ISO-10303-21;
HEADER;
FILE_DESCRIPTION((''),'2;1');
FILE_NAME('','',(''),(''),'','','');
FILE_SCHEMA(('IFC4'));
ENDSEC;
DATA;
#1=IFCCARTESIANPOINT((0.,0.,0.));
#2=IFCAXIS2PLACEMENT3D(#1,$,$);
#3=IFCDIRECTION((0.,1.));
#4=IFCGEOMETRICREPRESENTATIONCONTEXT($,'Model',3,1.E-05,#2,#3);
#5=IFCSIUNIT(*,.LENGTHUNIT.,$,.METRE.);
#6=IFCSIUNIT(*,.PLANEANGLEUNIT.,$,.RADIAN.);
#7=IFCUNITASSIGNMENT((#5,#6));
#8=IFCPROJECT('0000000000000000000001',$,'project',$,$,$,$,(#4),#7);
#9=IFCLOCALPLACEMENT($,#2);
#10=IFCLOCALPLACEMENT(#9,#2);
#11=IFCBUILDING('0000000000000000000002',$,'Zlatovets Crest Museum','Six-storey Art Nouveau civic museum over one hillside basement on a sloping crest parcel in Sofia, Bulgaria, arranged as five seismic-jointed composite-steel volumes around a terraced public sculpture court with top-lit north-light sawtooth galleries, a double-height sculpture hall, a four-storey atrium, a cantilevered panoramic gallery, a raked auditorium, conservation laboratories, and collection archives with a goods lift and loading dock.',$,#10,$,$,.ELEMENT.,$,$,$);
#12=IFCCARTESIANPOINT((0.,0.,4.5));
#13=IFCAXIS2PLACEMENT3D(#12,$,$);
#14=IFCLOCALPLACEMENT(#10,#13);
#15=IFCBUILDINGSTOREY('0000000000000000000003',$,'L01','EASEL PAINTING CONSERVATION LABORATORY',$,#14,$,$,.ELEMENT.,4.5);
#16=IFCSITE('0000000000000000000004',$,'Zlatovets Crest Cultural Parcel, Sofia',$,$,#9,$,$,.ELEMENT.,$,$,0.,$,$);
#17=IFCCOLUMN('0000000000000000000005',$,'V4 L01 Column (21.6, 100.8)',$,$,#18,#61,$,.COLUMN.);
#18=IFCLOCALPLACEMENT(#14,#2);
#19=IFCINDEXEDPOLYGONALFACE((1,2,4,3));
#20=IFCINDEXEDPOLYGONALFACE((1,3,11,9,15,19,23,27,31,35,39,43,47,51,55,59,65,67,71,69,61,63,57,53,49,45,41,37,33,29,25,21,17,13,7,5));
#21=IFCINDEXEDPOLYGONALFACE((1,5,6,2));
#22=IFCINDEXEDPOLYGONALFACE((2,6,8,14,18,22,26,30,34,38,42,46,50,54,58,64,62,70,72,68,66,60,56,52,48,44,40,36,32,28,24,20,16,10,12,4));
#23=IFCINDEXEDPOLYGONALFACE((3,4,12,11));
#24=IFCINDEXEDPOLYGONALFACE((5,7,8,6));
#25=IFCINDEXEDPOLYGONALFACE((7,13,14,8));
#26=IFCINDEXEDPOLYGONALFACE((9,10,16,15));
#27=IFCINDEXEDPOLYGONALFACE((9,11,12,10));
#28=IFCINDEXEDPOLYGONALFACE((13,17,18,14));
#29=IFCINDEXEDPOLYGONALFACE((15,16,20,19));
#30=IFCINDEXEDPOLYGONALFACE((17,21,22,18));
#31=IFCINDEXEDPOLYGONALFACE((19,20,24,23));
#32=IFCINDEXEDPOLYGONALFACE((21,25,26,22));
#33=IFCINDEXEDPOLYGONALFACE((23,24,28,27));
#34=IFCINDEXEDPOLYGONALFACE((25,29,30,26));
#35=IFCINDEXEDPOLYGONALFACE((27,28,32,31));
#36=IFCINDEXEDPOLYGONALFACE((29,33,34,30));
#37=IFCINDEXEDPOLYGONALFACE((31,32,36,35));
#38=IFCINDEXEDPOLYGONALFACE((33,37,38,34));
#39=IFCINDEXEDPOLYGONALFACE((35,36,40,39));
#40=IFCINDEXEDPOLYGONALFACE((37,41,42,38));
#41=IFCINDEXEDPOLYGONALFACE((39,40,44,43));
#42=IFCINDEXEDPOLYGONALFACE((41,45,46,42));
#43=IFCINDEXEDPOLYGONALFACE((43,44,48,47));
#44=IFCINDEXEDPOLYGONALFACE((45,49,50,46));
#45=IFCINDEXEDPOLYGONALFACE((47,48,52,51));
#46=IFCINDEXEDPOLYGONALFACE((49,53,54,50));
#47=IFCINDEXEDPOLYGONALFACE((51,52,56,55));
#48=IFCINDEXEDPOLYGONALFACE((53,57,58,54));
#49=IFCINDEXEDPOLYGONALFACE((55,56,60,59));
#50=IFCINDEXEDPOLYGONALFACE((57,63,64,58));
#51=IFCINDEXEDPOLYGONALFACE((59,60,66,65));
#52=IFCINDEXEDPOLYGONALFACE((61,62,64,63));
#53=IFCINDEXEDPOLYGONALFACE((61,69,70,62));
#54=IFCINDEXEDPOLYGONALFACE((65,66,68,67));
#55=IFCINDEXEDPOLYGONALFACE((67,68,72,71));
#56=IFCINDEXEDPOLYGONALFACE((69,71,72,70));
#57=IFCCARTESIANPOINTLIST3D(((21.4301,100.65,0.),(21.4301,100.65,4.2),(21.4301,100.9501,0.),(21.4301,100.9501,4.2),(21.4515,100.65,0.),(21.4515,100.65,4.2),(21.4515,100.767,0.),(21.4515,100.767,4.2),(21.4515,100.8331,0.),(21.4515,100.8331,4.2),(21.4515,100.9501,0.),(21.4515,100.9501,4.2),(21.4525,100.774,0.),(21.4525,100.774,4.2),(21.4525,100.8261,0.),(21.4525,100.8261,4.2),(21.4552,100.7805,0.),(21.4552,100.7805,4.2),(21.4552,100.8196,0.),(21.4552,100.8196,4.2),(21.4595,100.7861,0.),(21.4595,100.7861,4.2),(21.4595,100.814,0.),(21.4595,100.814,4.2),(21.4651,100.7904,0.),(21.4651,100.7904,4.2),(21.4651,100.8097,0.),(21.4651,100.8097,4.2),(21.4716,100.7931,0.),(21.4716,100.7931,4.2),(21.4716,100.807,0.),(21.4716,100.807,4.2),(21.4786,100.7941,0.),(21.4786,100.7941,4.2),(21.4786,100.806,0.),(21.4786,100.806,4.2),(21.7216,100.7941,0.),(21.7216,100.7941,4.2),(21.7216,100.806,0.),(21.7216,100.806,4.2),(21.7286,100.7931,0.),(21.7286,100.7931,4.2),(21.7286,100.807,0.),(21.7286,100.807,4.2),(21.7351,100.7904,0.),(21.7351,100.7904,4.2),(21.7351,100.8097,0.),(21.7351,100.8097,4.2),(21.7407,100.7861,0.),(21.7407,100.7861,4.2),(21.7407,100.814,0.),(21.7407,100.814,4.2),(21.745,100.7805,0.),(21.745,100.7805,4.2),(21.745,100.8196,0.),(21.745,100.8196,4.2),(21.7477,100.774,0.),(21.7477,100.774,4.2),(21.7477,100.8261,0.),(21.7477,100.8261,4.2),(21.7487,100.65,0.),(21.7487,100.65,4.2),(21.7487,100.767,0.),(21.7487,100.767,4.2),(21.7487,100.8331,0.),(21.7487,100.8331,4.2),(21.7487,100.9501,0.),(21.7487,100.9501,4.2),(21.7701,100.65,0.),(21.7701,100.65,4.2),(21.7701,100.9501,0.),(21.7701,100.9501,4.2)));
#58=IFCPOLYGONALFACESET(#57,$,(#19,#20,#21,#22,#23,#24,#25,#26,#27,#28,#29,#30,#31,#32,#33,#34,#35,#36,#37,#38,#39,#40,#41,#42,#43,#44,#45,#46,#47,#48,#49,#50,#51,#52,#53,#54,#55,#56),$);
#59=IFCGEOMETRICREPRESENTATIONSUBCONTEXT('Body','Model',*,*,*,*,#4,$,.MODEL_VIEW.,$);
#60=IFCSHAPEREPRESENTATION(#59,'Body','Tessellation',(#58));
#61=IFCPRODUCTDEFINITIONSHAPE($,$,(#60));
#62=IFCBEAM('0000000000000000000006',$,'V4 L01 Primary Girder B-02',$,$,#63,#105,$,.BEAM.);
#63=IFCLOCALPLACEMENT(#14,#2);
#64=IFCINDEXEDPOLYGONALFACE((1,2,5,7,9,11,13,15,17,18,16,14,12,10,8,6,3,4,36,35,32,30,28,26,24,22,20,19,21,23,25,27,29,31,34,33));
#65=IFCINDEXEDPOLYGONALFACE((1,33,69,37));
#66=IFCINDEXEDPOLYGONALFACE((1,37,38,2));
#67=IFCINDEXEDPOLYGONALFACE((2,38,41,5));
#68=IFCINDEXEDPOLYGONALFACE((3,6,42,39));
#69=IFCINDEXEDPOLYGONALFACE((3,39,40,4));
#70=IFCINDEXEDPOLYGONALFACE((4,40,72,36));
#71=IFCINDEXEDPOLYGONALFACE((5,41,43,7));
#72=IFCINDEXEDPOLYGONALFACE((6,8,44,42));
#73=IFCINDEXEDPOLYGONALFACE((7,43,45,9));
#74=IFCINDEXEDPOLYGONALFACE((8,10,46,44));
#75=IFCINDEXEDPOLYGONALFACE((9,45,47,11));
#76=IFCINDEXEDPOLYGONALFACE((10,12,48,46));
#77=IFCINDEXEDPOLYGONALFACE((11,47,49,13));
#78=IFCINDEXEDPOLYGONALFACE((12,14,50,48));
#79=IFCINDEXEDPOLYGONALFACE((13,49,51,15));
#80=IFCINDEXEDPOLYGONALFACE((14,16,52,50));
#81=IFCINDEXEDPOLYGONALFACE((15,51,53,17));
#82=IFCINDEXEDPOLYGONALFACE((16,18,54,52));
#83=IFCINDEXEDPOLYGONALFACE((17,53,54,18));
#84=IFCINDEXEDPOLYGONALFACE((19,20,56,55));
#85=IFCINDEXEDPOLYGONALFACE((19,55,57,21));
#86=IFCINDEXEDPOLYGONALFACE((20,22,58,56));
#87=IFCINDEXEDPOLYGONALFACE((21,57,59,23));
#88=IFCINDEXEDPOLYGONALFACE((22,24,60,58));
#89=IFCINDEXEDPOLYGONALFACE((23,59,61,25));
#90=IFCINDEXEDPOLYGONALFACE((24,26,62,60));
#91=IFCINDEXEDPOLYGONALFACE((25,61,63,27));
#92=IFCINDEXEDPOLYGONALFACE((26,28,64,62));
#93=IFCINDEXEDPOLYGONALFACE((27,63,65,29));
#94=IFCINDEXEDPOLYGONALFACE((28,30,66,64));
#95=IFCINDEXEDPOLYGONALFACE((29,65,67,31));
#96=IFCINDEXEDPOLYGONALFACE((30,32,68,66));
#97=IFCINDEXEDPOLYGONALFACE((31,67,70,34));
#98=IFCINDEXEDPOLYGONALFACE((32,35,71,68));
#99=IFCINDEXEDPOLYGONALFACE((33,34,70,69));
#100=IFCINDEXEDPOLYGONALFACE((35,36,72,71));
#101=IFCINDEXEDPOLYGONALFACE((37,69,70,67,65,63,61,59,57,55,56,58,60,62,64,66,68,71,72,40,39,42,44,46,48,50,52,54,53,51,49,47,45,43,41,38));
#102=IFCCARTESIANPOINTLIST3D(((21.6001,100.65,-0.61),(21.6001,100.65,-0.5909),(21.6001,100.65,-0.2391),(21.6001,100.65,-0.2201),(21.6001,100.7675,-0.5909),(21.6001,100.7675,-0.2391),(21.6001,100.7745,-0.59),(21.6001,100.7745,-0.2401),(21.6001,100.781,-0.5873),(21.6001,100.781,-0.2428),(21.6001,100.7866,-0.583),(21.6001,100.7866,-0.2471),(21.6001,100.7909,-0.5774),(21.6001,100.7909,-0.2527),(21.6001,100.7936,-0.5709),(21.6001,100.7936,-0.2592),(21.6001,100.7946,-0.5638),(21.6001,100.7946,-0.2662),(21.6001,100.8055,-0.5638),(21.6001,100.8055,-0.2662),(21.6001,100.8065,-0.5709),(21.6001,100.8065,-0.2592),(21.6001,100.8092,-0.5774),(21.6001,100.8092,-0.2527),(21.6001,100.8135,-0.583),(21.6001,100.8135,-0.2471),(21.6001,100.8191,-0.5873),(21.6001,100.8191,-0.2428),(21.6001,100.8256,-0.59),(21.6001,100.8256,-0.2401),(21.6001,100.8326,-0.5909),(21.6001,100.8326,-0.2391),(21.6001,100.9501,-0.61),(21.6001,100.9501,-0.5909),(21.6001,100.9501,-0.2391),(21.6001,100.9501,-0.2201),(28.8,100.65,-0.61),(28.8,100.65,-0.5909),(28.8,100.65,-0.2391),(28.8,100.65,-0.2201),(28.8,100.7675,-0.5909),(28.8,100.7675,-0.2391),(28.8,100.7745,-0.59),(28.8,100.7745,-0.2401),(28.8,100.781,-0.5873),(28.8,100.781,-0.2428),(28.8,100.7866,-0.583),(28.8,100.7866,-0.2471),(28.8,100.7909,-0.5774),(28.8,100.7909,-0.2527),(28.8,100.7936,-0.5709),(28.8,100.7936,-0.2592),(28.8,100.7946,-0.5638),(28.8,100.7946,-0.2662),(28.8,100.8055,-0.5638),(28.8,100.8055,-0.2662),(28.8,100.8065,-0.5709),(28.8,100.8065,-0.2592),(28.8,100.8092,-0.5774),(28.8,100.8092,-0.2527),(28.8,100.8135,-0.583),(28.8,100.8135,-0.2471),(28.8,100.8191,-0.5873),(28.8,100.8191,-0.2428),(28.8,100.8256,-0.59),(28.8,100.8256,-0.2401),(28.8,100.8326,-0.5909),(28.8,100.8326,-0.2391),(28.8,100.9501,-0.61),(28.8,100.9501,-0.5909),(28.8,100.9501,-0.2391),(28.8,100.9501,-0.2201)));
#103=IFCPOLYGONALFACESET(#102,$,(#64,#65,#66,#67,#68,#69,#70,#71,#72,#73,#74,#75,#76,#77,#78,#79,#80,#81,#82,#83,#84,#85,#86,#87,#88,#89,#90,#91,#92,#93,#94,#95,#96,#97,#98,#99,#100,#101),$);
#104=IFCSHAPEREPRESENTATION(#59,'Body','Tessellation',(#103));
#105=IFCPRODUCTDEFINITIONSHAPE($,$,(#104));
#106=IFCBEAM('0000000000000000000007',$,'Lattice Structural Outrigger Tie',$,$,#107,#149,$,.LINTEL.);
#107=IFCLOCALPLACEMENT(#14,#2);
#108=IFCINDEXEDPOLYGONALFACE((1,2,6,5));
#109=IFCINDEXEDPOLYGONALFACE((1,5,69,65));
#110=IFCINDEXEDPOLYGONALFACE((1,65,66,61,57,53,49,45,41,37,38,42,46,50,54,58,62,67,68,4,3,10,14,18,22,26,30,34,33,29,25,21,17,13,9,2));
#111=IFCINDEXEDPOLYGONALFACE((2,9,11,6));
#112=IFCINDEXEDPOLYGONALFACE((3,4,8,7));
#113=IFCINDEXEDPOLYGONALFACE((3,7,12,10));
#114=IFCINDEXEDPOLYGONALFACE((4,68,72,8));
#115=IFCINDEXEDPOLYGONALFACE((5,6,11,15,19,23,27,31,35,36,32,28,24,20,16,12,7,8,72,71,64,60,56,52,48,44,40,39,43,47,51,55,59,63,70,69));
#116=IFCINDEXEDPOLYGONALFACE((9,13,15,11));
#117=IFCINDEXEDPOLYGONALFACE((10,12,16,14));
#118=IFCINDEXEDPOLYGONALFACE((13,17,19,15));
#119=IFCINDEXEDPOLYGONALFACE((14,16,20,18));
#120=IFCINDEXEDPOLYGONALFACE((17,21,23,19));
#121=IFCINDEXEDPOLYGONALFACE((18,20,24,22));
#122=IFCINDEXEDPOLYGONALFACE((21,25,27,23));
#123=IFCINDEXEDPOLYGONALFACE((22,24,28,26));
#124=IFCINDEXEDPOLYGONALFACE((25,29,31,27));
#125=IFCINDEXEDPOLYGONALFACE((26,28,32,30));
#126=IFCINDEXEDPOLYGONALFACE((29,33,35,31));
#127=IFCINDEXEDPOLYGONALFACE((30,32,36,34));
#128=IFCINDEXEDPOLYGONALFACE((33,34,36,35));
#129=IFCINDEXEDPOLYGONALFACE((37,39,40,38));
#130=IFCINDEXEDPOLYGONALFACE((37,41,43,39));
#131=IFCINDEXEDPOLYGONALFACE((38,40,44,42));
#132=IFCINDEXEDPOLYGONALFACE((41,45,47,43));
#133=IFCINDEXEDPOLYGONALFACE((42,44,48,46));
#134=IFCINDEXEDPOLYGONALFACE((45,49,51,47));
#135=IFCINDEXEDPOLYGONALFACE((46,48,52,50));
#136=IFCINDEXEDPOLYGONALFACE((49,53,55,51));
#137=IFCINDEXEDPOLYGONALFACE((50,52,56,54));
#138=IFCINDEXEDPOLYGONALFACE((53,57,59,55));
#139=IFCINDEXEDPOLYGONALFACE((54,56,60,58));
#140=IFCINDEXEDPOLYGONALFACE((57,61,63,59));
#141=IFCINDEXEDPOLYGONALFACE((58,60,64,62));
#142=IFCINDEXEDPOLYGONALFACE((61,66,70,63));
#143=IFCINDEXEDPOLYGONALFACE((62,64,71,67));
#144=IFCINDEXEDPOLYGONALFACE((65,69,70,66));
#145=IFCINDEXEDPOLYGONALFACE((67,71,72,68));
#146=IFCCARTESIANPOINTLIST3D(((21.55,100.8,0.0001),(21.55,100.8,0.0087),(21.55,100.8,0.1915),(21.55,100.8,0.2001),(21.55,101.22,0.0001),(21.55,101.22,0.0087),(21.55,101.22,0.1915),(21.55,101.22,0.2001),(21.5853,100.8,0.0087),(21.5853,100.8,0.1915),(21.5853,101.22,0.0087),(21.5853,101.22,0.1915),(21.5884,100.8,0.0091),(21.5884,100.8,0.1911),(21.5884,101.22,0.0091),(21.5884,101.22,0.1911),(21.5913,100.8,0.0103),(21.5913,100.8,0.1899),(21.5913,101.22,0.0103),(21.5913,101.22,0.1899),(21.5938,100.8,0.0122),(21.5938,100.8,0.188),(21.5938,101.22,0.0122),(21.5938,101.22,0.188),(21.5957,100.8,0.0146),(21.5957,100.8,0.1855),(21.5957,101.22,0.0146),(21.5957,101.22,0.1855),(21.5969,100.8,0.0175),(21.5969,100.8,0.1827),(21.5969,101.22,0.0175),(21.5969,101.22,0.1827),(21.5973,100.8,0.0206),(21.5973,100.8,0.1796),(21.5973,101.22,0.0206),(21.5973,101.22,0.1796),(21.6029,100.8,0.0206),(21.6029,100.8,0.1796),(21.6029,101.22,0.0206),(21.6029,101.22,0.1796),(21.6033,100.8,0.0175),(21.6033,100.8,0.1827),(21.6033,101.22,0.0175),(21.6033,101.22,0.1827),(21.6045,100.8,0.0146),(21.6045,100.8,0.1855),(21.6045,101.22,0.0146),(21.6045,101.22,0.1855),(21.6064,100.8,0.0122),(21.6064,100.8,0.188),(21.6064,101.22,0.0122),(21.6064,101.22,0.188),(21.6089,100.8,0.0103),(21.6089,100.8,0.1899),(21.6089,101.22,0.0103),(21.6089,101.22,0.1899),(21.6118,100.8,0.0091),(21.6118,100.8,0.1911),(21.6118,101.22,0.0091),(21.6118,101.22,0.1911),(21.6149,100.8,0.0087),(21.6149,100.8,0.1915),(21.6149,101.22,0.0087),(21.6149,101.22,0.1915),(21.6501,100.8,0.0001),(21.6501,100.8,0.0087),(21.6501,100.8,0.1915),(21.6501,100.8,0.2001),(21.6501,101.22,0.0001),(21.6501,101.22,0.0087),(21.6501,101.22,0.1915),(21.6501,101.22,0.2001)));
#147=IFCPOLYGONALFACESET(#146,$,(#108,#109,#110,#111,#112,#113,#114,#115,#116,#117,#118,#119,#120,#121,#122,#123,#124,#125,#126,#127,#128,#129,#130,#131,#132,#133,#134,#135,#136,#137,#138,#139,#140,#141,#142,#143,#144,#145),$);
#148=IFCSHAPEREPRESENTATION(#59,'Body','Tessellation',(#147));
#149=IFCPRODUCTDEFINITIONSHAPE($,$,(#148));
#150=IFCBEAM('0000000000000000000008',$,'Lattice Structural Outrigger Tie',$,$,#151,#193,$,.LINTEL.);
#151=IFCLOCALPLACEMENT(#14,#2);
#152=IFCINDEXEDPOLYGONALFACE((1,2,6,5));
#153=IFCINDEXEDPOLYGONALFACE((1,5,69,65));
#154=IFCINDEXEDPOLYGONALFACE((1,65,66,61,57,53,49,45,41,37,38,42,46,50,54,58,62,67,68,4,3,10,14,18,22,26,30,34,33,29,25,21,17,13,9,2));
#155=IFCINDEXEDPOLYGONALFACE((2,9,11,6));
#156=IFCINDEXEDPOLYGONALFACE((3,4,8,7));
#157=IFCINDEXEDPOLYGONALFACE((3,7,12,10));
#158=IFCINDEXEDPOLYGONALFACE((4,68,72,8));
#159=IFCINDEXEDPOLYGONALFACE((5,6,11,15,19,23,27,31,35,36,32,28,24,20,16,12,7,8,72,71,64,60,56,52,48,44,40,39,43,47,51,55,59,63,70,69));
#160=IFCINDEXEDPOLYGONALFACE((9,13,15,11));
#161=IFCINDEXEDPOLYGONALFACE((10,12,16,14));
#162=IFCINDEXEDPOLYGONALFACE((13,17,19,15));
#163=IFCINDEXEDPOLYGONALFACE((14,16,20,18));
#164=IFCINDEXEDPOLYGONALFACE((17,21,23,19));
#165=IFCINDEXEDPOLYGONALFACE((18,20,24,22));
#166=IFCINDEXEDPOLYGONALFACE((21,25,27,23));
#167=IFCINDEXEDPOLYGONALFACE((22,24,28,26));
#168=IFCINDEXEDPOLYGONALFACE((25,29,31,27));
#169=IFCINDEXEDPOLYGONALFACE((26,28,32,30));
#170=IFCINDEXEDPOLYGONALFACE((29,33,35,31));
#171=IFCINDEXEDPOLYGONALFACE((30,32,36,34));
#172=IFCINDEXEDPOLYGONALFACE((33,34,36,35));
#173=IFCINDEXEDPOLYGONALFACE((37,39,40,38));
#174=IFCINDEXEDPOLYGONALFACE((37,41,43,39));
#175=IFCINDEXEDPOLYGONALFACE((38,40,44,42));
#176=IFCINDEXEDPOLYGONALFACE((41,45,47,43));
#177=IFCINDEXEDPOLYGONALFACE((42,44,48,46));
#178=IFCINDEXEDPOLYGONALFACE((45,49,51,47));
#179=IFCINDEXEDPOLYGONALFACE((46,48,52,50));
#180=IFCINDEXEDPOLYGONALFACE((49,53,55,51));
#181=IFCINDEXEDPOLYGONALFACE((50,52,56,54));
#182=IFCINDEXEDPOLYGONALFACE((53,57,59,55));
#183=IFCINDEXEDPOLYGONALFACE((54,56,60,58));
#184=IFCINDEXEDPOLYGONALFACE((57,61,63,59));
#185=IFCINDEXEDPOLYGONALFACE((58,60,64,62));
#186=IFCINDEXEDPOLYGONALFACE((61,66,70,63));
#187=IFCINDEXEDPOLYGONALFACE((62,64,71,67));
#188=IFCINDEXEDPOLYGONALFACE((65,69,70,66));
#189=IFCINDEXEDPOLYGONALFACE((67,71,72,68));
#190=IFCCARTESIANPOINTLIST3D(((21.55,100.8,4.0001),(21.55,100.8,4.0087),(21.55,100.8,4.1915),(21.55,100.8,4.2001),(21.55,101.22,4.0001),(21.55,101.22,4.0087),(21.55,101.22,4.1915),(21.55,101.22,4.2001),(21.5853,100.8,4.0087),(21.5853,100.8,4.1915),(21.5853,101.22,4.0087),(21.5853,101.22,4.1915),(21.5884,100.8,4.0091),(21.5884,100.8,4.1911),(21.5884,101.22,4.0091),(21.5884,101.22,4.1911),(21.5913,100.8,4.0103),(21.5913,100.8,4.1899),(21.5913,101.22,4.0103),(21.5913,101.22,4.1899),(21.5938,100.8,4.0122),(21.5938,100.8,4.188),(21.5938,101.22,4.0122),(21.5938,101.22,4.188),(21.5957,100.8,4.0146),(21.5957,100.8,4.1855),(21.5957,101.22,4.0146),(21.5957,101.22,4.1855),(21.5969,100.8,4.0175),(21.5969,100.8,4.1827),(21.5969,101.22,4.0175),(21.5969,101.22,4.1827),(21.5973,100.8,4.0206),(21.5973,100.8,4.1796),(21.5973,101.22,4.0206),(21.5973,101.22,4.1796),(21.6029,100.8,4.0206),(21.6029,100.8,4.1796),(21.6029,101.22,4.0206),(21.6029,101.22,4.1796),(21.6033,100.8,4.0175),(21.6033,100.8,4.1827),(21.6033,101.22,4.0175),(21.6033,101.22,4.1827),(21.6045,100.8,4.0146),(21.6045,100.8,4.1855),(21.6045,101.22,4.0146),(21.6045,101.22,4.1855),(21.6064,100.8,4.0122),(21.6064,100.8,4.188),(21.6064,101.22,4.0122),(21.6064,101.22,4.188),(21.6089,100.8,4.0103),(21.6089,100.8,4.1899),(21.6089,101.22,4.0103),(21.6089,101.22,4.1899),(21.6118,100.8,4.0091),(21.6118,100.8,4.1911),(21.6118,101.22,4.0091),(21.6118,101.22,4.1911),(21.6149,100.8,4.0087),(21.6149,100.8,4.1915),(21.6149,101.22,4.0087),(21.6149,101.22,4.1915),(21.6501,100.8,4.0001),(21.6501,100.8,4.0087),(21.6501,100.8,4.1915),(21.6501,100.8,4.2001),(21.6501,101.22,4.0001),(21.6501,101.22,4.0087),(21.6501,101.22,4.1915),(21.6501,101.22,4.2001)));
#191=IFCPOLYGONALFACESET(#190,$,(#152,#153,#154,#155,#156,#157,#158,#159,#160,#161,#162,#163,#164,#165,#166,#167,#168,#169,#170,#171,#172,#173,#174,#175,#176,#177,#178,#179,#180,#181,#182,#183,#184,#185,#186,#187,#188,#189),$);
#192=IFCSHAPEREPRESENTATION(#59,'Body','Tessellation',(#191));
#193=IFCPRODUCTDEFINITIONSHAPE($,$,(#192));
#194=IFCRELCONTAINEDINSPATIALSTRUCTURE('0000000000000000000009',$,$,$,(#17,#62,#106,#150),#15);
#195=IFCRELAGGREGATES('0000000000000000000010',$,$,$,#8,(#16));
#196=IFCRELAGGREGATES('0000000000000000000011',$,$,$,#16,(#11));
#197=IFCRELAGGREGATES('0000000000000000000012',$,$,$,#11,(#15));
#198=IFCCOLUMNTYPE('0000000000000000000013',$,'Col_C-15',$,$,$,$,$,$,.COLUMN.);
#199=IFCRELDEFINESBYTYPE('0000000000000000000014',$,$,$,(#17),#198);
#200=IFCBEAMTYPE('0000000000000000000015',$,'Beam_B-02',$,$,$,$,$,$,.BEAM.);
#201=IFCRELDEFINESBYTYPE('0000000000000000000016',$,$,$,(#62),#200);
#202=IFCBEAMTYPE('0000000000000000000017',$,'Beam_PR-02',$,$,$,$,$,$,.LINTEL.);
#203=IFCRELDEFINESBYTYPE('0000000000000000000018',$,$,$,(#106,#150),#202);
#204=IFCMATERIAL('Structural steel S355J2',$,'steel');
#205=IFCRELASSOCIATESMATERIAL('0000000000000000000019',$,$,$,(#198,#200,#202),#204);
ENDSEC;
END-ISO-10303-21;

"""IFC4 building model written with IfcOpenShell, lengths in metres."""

from ifc_helpers import new_model, si_unit, direction, frame, origin, origin_2d, place, context, subcontext, project, spatial, i_section, extrude, material, material_profile, profile_set, type_object, element, save


model = new_model("IFC4")

# Units and contexts
model_context = context("Model", 3, precision=1e-05, world=origin(), true_north=direction((0.0, 1.0)))
body_context = subcontext(model_context, "Body", "Model", "MODEL_VIEW")
ifc_project = project(units=[si_unit("LENGTHUNIT", "METRE"), si_unit("PLANEANGLEUNIT", "RADIAN")], contexts=[model_context])

# Site, building, storey
site_placement = place(None, origin())
site = spatial("IfcSite", under=ifc_project, at=site_placement, Name="Zlatovets Crest Cultural Parcel, Sofia", CompositionType="ELEMENT", RefElevation=0.0)
building_placement = place(site_placement, origin())
building = spatial("IfcBuilding", under=site, at=building_placement, Name="Zlatovets Crest Museum", Description="Six-storey Art Nouveau civic museum over one hillside basement on a sloping crest parcel in Sofia, Bulgaria, arranged as five seismic-jointed composite-steel volumes around a terraced public sculpture court with top-lit north-light sawtooth galleries, a double-height sculpture hall, a four-storey atrium, a cantilevered panoramic gallery, a raked auditorium, conservation laboratories, and collection archives with a goods lift and loading dock.", CompositionType="ELEMENT")
storey_placement = place(building_placement, frame((0.0, 0.0, 4.5)))
storey = spatial("IfcBuildingStorey", under=building, at=storey_placement, Name="L01", Description="EASEL PAINTING CONSERVATION LABORATORY", CompositionType="ELEMENT", Elevation=4.5)

# Column
ifc_material_1 = material(Name="Structural steel S355J2", Category="steel")
ifc_material_profile_1 = material_profile(ifc_material_1, i_section(OverallWidth=0.3, OverallDepth=0.3401, WebThickness=0.012, FlangeThickness=0.0215, FilletRadius=0.0271, at=origin_2d()), Name="HEB 340")
ifc_profile_set_1 = profile_set([ifc_material_profile_1], Name="Structural steel S355J2")
column_type = type_object("IfcColumnType", Name="Col_C-15", PredefinedType="COLUMN", material=ifc_profile_set_1)
column_placement = place(storey_placement, frame((21.6001, 100.8, 0.0), z_axis=(0.0, 0.0, 1.0), x_axis=(0.0, 1.0, 0.0)))
element("IfcColumn", 1, at=column_placement, inside=storey, type_object=column_type, Name="V4 L01 Column (21.6, 100.8)", PredefinedType="COLUMN", context=body_context, shape_type="SweptSolid", body=[
    extrude(i_section(OverallWidth=0.3, OverallDepth=0.3401, WebThickness=0.012, FlangeThickness=0.0215, FilletRadius=0.0271, at=origin_2d()), origin(), (0.0, 0.0, 1.0), 4.2),
])

# Beams
ifc_material_profile_2 = material_profile(ifc_material_1, i_section(OverallWidth=0.3, OverallDepth=0.3899, WebThickness=0.011, FlangeThickness=0.019, FilletRadius=0.0271, at=origin_2d()), Name="HEA 400")
ifc_profile_set_2 = profile_set([ifc_material_profile_2], Name="Structural steel S355J2")
beam_type_1 = type_object("IfcBeamType", Name="Beam_B-02", PredefinedType="BEAM", material=ifc_profile_set_2)
beam_placement = place(storey_placement, frame((21.6001, 100.8, -0.415), z_axis=(1.0, 0.0, 0.0), x_axis=(0.0, 1.0, 0.0)))
element("IfcBeam", 2, at=beam_placement, inside=storey, type_object=beam_type_1, Name="V4 L01 Primary Girder B-02", PredefinedType="BEAM", context=body_context, shape_type="SweptSolid", body=[
    extrude(i_section(OverallWidth=0.3, OverallDepth=0.3899, WebThickness=0.011, FlangeThickness=0.019, FilletRadius=0.0271, at=origin_2d()), origin(), (0.0, 0.0, 1.0), 7.2),
])
ifc_material_profile_3 = material_profile(ifc_material_1, i_section(OverallWidth=0.1001, OverallDepth=0.2, WebThickness=0.0056, FlangeThickness=0.0085, FilletRadius=0.012, at=origin_2d()), Name="IPE 200")
ifc_profile_set_3 = profile_set([ifc_material_profile_3], Name="Structural steel S355J2")
beam_type_2 = type_object("IfcBeamType", Name="Beam_PR-02", PredefinedType="LINTEL", material=ifc_profile_set_3)
for number, where, z_axis, x_axis, name in (
    (3, (21.6001, 100.8, 0.1001), (0.0, 1.0, 0.0), (-1.0, 0.0, 0.0), "Lattice Structural Outrigger Tie"),
    (4, (21.6001, 100.8, 4.1001), (0.0, 1.0, 0.0), (-1.0, 0.0, 0.0), "Lattice Structural Outrigger Tie"),
):
    element("IfcBeam", number, at=place(storey_placement, frame(where, z_axis=z_axis, x_axis=x_axis)), inside=storey, type_object=beam_type_2, Name=name, PredefinedType="LINTEL", context=body_context, shape_type="SweptSolid", body=[
        extrude(i_section(OverallWidth=0.1001, OverallDepth=0.2, WebThickness=0.0056, FlangeThickness=0.0085, FilletRadius=0.012, at=origin_2d()), origin(), (0.0, 0.0, 1.0), 0.4199),
    ])

save(model, "model.ifc")
